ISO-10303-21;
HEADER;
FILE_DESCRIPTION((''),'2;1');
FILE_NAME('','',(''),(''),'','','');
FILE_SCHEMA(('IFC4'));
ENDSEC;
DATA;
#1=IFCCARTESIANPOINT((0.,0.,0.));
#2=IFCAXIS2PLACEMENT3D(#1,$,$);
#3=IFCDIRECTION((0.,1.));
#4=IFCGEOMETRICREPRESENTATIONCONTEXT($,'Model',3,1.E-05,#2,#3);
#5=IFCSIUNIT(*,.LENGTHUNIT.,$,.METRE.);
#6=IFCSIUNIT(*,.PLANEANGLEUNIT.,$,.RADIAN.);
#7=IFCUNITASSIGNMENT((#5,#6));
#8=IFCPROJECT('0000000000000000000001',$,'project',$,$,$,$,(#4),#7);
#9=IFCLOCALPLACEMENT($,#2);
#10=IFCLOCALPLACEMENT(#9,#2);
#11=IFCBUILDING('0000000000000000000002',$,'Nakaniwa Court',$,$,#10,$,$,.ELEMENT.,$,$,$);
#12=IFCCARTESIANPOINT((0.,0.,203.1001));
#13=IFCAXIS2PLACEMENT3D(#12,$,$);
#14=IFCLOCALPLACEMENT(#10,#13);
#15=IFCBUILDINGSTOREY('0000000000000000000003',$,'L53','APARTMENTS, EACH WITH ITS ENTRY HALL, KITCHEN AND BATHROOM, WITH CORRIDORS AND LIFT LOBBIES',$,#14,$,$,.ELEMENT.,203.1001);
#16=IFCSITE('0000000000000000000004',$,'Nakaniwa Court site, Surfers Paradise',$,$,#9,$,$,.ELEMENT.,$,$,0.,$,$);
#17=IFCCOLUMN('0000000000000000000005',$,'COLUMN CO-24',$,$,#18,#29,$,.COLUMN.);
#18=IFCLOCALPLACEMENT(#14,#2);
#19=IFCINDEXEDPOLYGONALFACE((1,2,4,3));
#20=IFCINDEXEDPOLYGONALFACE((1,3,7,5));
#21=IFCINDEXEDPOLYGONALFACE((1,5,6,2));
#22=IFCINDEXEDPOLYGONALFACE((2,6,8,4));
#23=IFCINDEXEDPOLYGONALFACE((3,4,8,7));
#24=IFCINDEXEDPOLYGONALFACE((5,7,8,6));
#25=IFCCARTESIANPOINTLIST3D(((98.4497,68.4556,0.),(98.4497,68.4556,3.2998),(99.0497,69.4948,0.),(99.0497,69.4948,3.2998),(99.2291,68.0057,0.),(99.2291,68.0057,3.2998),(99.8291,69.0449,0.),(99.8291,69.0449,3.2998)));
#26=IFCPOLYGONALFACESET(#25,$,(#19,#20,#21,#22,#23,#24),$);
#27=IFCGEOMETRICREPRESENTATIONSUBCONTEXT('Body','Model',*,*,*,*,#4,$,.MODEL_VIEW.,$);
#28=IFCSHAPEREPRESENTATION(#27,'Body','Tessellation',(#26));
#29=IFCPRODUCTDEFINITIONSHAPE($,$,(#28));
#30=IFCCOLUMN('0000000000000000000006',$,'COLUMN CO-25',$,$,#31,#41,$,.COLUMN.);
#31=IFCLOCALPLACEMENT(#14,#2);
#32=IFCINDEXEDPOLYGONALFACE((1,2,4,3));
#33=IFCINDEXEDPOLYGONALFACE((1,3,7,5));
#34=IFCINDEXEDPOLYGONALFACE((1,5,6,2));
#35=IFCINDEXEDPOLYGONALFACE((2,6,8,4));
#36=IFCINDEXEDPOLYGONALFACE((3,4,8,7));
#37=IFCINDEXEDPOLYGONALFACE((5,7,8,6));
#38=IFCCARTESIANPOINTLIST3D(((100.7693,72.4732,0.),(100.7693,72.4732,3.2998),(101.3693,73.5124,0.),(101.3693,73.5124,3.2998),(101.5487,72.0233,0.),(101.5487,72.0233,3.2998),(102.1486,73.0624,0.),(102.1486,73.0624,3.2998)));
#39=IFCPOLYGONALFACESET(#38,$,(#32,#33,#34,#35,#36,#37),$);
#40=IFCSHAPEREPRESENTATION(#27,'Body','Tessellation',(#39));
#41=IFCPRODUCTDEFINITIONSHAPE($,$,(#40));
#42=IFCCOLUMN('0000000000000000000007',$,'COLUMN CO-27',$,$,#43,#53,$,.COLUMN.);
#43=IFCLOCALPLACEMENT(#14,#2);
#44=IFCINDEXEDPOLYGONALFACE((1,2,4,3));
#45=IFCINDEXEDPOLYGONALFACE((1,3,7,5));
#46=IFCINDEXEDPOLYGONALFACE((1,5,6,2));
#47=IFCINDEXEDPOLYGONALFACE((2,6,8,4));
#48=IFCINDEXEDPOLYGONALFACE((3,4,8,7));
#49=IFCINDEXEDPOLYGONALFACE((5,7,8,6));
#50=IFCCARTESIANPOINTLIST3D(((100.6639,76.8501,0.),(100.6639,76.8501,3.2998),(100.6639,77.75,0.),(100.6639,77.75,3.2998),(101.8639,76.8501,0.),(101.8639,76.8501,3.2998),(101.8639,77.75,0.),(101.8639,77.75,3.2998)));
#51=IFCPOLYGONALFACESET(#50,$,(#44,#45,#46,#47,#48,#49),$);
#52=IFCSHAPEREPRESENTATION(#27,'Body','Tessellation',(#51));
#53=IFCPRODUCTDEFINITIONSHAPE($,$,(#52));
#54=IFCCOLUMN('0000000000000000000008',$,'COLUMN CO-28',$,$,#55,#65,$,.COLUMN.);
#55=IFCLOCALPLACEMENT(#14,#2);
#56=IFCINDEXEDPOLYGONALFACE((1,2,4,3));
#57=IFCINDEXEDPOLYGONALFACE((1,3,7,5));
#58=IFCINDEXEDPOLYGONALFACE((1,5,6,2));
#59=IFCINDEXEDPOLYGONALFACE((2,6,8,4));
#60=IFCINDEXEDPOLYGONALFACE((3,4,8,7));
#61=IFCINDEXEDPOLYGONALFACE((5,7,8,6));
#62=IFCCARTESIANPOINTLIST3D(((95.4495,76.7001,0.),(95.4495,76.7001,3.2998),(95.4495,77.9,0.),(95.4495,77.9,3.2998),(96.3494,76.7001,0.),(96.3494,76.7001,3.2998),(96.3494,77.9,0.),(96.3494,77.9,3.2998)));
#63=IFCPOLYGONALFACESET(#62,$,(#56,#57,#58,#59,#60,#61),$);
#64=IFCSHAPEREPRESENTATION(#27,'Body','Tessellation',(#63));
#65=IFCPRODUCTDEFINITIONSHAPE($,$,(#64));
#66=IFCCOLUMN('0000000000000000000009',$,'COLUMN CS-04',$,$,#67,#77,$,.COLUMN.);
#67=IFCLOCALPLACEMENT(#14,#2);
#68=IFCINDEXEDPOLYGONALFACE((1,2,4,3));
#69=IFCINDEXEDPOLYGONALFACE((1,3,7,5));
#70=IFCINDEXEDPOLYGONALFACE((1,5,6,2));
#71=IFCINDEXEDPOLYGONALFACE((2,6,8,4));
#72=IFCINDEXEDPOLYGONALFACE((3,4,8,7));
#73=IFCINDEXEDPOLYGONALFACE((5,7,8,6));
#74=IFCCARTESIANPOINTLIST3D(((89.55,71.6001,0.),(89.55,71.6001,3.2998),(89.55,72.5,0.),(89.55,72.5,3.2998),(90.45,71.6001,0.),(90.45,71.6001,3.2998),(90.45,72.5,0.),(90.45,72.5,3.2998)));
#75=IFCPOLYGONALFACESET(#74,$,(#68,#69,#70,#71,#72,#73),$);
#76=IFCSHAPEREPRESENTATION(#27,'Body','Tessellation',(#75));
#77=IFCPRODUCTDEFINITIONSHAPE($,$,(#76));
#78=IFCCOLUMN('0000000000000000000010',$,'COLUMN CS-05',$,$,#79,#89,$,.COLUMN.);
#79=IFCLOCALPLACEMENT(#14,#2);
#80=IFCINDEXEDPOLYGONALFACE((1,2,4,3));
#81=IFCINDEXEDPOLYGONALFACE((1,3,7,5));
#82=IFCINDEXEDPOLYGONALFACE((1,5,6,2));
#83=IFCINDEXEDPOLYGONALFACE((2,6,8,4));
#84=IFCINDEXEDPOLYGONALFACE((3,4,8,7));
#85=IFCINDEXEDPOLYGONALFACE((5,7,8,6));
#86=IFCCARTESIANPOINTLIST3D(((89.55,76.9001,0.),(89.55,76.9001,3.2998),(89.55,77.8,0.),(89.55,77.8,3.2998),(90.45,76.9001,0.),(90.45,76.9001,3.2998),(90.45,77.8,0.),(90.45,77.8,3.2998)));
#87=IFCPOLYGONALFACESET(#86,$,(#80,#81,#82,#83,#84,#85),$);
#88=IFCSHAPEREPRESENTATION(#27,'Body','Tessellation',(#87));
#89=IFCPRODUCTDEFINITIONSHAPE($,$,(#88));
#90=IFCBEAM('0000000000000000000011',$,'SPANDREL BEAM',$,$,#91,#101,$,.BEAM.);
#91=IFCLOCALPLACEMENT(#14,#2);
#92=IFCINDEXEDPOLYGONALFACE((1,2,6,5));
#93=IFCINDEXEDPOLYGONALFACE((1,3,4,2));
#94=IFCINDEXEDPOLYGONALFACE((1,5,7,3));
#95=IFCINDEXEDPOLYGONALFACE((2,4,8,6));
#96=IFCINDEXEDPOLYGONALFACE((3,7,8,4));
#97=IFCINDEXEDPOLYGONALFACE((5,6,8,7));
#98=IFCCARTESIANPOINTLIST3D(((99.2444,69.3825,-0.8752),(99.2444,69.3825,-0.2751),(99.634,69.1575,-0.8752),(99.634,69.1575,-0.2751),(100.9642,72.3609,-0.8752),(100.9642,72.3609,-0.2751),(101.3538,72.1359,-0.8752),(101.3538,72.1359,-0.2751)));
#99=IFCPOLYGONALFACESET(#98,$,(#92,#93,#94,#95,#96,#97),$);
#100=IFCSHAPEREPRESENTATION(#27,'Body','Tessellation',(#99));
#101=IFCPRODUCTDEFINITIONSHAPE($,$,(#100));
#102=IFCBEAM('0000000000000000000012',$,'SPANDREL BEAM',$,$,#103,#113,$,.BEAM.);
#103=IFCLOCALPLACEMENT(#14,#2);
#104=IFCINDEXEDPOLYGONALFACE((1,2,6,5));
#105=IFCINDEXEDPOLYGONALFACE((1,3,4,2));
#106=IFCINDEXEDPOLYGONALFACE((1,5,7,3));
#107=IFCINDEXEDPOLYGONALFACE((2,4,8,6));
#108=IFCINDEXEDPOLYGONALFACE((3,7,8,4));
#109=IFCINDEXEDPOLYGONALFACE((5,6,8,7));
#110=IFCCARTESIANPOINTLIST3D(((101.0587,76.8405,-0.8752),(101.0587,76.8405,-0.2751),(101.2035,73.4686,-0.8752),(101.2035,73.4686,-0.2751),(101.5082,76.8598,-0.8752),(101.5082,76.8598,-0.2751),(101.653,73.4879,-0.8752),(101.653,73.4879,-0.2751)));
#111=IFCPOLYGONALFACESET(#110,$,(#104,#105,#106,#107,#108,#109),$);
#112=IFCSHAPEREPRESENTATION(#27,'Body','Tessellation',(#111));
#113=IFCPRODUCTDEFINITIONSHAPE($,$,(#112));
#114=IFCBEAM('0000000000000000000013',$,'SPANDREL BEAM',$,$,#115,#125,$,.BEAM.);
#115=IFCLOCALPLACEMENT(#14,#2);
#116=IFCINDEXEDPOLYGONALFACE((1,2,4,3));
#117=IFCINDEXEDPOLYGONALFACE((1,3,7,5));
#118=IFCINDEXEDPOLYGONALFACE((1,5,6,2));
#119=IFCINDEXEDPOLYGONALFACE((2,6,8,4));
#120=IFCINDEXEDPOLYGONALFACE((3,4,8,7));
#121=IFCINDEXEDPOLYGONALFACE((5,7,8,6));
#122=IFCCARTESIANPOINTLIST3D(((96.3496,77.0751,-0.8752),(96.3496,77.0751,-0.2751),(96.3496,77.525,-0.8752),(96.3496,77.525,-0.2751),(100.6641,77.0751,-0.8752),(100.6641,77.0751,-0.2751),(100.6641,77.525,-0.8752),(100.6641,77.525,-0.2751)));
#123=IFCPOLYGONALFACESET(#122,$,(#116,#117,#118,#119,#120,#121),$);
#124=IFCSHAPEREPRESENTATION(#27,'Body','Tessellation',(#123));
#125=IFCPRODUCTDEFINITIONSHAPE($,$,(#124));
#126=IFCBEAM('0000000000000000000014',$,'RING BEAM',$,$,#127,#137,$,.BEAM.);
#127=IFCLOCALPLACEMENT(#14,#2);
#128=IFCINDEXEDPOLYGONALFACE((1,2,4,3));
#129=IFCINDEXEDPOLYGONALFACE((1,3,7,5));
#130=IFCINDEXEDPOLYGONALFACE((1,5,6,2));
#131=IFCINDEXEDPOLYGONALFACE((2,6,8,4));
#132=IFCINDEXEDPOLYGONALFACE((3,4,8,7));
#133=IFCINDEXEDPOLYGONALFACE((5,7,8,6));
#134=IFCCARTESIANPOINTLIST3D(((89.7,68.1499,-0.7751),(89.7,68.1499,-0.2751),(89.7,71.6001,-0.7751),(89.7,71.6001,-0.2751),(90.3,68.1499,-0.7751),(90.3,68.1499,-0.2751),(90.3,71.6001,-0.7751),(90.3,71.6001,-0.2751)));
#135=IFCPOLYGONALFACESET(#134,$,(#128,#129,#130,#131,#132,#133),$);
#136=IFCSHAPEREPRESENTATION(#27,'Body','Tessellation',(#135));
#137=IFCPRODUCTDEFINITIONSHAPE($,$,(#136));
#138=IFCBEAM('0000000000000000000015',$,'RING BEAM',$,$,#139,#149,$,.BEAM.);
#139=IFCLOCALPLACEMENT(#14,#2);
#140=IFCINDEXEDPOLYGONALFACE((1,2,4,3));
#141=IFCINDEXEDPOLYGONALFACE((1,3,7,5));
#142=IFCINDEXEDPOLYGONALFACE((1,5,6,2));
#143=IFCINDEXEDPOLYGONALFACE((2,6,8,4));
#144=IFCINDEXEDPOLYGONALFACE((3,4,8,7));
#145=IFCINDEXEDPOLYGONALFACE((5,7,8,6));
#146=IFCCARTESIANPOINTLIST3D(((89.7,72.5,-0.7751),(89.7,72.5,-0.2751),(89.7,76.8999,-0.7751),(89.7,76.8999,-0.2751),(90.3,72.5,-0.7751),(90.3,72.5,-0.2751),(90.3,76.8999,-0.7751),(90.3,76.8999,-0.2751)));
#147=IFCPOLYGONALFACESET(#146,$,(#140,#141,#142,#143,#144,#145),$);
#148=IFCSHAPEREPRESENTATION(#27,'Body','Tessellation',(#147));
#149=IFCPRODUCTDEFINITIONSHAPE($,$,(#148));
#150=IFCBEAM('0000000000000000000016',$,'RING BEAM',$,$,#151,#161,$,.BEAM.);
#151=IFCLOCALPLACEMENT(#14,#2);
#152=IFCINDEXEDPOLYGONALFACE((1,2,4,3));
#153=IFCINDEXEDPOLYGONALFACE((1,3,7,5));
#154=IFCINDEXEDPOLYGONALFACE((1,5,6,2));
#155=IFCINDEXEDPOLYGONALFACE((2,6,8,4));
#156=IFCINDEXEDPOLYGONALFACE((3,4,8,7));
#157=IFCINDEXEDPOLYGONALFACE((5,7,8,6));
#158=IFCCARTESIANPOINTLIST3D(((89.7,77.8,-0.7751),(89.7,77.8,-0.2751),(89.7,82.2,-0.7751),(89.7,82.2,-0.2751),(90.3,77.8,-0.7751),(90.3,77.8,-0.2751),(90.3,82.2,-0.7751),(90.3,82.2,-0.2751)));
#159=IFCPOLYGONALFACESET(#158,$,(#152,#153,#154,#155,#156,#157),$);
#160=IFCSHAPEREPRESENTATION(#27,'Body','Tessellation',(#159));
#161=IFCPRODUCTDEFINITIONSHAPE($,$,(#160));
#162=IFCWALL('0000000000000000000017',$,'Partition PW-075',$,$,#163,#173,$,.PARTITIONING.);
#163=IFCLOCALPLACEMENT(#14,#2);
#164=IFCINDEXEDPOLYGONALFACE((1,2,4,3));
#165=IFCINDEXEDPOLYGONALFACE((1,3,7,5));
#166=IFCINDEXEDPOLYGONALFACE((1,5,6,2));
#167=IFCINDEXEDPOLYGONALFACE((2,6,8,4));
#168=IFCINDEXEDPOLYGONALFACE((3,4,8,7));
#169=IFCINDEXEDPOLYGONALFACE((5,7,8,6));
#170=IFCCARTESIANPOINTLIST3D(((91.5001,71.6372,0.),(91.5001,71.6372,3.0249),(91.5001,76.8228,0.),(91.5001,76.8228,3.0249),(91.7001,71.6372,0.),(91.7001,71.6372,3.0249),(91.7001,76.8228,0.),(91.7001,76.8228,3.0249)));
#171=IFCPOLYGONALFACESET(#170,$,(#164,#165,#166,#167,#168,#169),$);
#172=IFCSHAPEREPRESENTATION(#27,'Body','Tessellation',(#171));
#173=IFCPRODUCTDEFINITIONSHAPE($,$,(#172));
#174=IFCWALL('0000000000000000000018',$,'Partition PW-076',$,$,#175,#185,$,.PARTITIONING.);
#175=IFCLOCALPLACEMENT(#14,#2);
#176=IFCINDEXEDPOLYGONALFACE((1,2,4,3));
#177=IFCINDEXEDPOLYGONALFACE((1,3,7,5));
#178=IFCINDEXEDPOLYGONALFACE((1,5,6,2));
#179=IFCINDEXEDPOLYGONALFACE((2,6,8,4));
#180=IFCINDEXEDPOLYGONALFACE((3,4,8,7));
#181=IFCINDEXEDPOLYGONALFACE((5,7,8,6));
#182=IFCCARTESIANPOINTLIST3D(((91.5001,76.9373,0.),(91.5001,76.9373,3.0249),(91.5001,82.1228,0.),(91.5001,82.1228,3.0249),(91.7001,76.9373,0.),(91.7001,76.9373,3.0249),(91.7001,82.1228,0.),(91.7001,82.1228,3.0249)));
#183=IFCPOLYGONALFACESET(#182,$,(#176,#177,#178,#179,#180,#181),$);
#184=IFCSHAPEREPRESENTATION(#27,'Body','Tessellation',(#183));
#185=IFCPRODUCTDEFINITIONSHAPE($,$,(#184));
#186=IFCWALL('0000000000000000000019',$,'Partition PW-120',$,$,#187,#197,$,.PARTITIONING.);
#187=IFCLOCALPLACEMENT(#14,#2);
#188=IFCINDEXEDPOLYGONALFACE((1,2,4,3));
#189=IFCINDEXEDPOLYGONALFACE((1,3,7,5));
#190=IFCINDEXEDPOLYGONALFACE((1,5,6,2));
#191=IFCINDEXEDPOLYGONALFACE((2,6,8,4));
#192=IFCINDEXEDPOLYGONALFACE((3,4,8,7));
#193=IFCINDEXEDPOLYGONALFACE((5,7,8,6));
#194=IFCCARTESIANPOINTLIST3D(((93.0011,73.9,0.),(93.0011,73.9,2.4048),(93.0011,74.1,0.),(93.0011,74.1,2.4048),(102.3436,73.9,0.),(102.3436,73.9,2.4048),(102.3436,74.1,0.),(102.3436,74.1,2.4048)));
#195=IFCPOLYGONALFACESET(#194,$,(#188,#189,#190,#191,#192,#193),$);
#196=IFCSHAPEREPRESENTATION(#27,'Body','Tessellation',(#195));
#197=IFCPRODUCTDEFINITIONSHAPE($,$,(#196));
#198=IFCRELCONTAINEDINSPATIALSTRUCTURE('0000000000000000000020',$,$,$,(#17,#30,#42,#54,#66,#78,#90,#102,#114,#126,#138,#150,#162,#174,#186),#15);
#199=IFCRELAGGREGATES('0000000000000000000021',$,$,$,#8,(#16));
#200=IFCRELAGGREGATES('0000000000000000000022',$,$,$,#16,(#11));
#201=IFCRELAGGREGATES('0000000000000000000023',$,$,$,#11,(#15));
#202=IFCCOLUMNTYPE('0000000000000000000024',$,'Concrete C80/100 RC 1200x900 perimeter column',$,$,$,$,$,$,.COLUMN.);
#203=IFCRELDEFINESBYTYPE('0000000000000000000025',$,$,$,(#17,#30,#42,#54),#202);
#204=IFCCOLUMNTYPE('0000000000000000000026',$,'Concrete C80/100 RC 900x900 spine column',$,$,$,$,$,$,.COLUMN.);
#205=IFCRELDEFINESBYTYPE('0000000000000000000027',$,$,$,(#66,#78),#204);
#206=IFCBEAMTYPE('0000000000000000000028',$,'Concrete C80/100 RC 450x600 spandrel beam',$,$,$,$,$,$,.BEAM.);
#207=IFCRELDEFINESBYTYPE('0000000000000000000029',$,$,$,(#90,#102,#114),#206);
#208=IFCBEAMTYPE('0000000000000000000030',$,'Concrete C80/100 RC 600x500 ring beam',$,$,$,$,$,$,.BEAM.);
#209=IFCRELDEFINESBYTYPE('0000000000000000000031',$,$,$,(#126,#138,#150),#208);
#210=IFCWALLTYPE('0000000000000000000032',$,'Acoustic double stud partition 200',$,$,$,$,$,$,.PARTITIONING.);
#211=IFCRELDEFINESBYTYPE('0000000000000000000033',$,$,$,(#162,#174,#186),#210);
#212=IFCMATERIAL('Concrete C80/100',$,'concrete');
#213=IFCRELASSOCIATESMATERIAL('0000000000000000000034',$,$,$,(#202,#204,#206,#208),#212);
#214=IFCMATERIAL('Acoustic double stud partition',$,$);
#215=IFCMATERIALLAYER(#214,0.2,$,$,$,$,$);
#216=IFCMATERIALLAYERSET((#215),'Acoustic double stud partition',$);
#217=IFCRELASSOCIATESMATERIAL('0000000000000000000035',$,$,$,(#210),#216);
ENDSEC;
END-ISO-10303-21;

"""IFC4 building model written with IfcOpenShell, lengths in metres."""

from ifc_helpers import new_model, si_unit, direction, frame, frame_2d, origin, origin_2d, place, context, subcontext, project, spatial, rectangle, extrude, material, layer, layer_set, material_profile, profile_set, type_object, element, save


model = new_model("IFC4")

# Units and contexts
model_context = context("Model", 3, precision=1e-05, world=origin(), true_north=direction((0.0, 1.0)))
body_context = subcontext(model_context, "Body", "Model", "MODEL_VIEW")
ifc_project = project(units=[si_unit("LENGTHUNIT", "METRE"), si_unit("PLANEANGLEUNIT", "RADIAN")], contexts=[model_context])

# Site, building, storey
site_placement = place(None, origin())
site = spatial("IfcSite", under=ifc_project, at=site_placement, Name="Nakaniwa Court site, Surfers Paradise", CompositionType="ELEMENT", RefElevation=0.0)
building_placement = place(site_placement, origin())
building = spatial("IfcBuilding", under=site, at=building_placement, Name="Nakaniwa Court", CompositionType="ELEMENT")
storey_placement = place(building_placement, frame((0.0, 0.0, 203.1001)))
storey = spatial("IfcBuildingStorey", under=building, at=storey_placement, Name="L53", Description="APARTMENTS, EACH WITH ITS ENTRY HALL, KITCHEN AND BATHROOM, WITH CORRIDORS AND LIFT LOBBIES", CompositionType="ELEMENT", Elevation=203.1001)

# Columns
ifc_material_1 = material(Name="Concrete C80/100", Category="concrete")
ifc_material_profile_1 = material_profile(ifc_material_1, rectangle(XDim=1.2, YDim=0.8999, at=origin_2d()), Name="Concrete C80/100 RC 1200x900 perimeter column")
ifc_profile_set_1 = profile_set([ifc_material_profile_1], Name="Concrete C80/100")
column_type_1 = type_object("IfcColumnType", Name="Concrete C80/100 RC 1200x900 perimeter column", PredefinedType="COLUMN", material=ifc_profile_set_1)
for number, where, z_axis, x_axis, name in (
    (1, (99.1394, 68.7502, 0.0), (0.0, 0.0, 1.0), (0.5, 0.866025, 0.0), "COLUMN CO-24"),
    (2, (101.459, 72.7678, 0.0), (0.0, 0.0, 1.0), (0.5, 0.866025, 0.0), "COLUMN CO-25"),
    (3, (101.2639, 77.3, 0.0), (0.0, 0.0, 1.0), (-1.0, 0.0, 0.0), "COLUMN CO-27"),
    (4, (95.8994, 77.3, 0.0), (0.0, 0.0, 1.0), (0.0, 1.0, 0.0), "COLUMN CO-28"),
):
    element("IfcColumn", number, at=place(storey_placement, frame(where, z_axis=z_axis, x_axis=x_axis)), inside=storey, type_object=column_type_1, Name=name, PredefinedType="COLUMN", context=body_context, shape_type="SweptSolid", body=[
        extrude(rectangle(XDim=1.2, YDim=0.8999, at=origin_2d()), origin(), (0.0, 0.0, 1.0), 3.2998),
    ])
ifc_material_profile_2 = material_profile(ifc_material_1, rectangle(XDim=0.8999, YDim=0.8999, at=origin_2d()), Name="Concrete C80/100 RC 900x900 spine column")
ifc_profile_set_2 = profile_set([ifc_material_profile_2], Name="Concrete C80/100")
column_type_2 = type_object("IfcColumnType", Name="Concrete C80/100 RC 900x900 spine column", PredefinedType="COLUMN", material=ifc_profile_set_2)
for number, where, z_axis, x_axis, name in (
    (5, (90.0, 72.05, 0.0), (0.0, 0.0, 1.0), (0.0, 1.0, 0.0), "COLUMN CS-04"),
    (6, (90.0, 77.3501, 0.0), (0.0, 0.0, 1.0), (0.0, 1.0, 0.0), "COLUMN CS-05"),
):
    element("IfcColumn", number, at=place(storey_placement, frame(where, z_axis=z_axis, x_axis=x_axis)), inside=storey, type_object=column_type_2, Name=name, PredefinedType="COLUMN", context=body_context, shape_type="SweptSolid", body=[
        extrude(rectangle(XDim=0.8999, YDim=0.8999, at=origin_2d()), origin(), (0.0, 0.0, 1.0), 3.2998),
    ])

# Beams
ifc_material_profile_3 = material_profile(ifc_material_1, rectangle(XDim=0.45, YDim=0.6001, at=origin_2d()), Name="Concrete C80/100 RC 450x600 spandrel beam")
ifc_profile_set_3 = profile_set([ifc_material_profile_3], Name="Concrete C80/100")
beam_type_1 = type_object("IfcBeamType", Name="Concrete C80/100 RC 450x600 spandrel beam", PredefinedType="BEAM", material=ifc_profile_set_3)
beam_1_placement = place(storey_placement, frame((99.4392, 69.27, -0.5752), z_axis=(0.500048, 0.865998, 0.0), x_axis=(-0.865998, 0.500048, 0.0)))
element("IfcBeam", 7, at=beam_1_placement, inside=storey, type_object=beam_type_1, Name="SPANDREL BEAM", PredefinedType="BEAM", context=body_context, shape_type="SweptSolid", body=[
    extrude(rectangle(XDim=0.45, YDim=0.6001, at=origin_2d()), origin(), (0.0, 0.0, 1.0), 3.4392),
])
beam_2_placement = place(storey_placement, frame((101.4282, 73.4783, -0.5752), z_axis=(-0.042897, 0.999079, 0.0), x_axis=(-0.999079, -0.042897, 0.0)))
element("IfcBeam", 8, at=beam_2_placement, inside=storey, type_object=beam_type_1, Name="SPANDREL BEAM", PredefinedType="BEAM", context=body_context, shape_type="SweptSolid", body=[
    extrude(rectangle(XDim=0.45, YDim=0.6001, at=origin_2d()), origin(), (0.0, 0.0, 1.0), 3.375),
])
beam_3_placement = place(storey_placement, frame((100.6641, 77.3, -0.5752), z_axis=(-1.0, 0.0, 0.0), x_axis=(0.0, -1.0, 0.0)))
element("IfcBeam", 9, at=beam_3_placement, inside=storey, type_object=beam_type_1, Name="SPANDREL BEAM", PredefinedType="BEAM", context=body_context, shape_type="SweptSolid", body=[
    extrude(rectangle(XDim=0.45, YDim=0.6001, at=origin_2d()), origin(), (0.0, 0.0, 1.0), 4.3145),
])
ifc_material_profile_4 = material_profile(ifc_material_1, rectangle(XDim=0.6001, YDim=0.5, at=origin_2d()), Name="Concrete C80/100 RC 600x500 ring beam")
ifc_profile_set_4 = profile_set([ifc_material_profile_4], Name="Concrete C80/100")
beam_type_2 = type_object("IfcBeamType", Name="Concrete C80/100 RC 600x500 ring beam", PredefinedType="BEAM", material=ifc_profile_set_4)
beam_4_placement = place(storey_placement, frame((90.0, 68.1499, -0.5251), z_axis=(0.0, 1.0, 0.0), x_axis=(-1.0, 0.0, 0.0)))
element("IfcBeam", 10, at=beam_4_placement, inside=storey, type_object=beam_type_2, Name="RING BEAM", PredefinedType="BEAM", context=body_context, shape_type="SweptSolid", body=[
    extrude(rectangle(XDim=0.6001, YDim=0.5, at=origin_2d()), origin(), (0.0, 0.0, 1.0), 3.4502),
])
for number, where, z_axis, x_axis, name in (
    (11, (90.0, 72.5, -0.5251), (0.0, 1.0, 0.0), (-1.0, 0.0, 0.0), "RING BEAM"),
    (12, (90.0, 77.8, -0.5251), (0.0, 1.0, 0.0), (-1.0, 0.0, 0.0), "RING BEAM"),
):
    element("IfcBeam", number, at=place(storey_placement, frame(where, z_axis=z_axis, x_axis=x_axis)), inside=storey, type_object=beam_type_2, Name=name, PredefinedType="BEAM", context=body_context, shape_type="SweptSolid", body=[
        extrude(rectangle(XDim=0.6001, YDim=0.5, at=origin_2d()), origin(), (0.0, 0.0, 1.0), 4.3999),
    ])

# Walls
ifc_material_2 = material(Name="Acoustic double stud partition")
ifc_layer_1 = layer(ifc_material_2, 0.2)
ifc_layer_set_1 = layer_set([ifc_layer_1], Name="Acoustic double stud partition")
wall_type_1 = type_object("IfcWallType", Name="Acoustic double stud partition 200", PredefinedType="PARTITIONING", material=ifc_layer_set_1)
for number, where, z_axis, x_axis, name in (
    (13, (91.6001, 71.6372, 0.0), (0.0, 0.0, 1.0), (0.0, 1.0, 0.0), "Partition PW-075"),
    (14, (91.6001, 76.9373, 0.0), (0.0, 0.0, 1.0), (0.0, 1.0, 0.0), "Partition PW-076"),
):
    element("IfcWall", number, at=place(storey_placement, frame(where, z_axis=z_axis, x_axis=x_axis)), inside=storey, type_object=wall_type_1, Name=name, PredefinedType="PARTITIONING", context=body_context, shape_type="SweptSolid", body=[
        extrude(rectangle(XDim=5.1855, YDim=0.2, at=frame_2d((2.5928, 0.0))), origin(), (0.0, 0.0, 1.0), 3.0249),
    ])
wall_1_placement = place(storey_placement, frame((93.001, 74.0, 0.0), z_axis=(0.0, 0.0, 1.0), x_axis=(1.0, 0.0, 0.0)))
element("IfcWall", 15, at=wall_1_placement, inside=storey, type_object=wall_type_1, Name="Partition PW-120", PredefinedType="PARTITIONING", context=body_context, shape_type="SweptSolid", body=[
    extrude(rectangle(XDim=9.3425, YDim=0.2, at=frame_2d((4.6714, 0.0))), origin(), (0.0, 0.0, 1.0), 2.4048),
])

save(model, "model.ifc")
